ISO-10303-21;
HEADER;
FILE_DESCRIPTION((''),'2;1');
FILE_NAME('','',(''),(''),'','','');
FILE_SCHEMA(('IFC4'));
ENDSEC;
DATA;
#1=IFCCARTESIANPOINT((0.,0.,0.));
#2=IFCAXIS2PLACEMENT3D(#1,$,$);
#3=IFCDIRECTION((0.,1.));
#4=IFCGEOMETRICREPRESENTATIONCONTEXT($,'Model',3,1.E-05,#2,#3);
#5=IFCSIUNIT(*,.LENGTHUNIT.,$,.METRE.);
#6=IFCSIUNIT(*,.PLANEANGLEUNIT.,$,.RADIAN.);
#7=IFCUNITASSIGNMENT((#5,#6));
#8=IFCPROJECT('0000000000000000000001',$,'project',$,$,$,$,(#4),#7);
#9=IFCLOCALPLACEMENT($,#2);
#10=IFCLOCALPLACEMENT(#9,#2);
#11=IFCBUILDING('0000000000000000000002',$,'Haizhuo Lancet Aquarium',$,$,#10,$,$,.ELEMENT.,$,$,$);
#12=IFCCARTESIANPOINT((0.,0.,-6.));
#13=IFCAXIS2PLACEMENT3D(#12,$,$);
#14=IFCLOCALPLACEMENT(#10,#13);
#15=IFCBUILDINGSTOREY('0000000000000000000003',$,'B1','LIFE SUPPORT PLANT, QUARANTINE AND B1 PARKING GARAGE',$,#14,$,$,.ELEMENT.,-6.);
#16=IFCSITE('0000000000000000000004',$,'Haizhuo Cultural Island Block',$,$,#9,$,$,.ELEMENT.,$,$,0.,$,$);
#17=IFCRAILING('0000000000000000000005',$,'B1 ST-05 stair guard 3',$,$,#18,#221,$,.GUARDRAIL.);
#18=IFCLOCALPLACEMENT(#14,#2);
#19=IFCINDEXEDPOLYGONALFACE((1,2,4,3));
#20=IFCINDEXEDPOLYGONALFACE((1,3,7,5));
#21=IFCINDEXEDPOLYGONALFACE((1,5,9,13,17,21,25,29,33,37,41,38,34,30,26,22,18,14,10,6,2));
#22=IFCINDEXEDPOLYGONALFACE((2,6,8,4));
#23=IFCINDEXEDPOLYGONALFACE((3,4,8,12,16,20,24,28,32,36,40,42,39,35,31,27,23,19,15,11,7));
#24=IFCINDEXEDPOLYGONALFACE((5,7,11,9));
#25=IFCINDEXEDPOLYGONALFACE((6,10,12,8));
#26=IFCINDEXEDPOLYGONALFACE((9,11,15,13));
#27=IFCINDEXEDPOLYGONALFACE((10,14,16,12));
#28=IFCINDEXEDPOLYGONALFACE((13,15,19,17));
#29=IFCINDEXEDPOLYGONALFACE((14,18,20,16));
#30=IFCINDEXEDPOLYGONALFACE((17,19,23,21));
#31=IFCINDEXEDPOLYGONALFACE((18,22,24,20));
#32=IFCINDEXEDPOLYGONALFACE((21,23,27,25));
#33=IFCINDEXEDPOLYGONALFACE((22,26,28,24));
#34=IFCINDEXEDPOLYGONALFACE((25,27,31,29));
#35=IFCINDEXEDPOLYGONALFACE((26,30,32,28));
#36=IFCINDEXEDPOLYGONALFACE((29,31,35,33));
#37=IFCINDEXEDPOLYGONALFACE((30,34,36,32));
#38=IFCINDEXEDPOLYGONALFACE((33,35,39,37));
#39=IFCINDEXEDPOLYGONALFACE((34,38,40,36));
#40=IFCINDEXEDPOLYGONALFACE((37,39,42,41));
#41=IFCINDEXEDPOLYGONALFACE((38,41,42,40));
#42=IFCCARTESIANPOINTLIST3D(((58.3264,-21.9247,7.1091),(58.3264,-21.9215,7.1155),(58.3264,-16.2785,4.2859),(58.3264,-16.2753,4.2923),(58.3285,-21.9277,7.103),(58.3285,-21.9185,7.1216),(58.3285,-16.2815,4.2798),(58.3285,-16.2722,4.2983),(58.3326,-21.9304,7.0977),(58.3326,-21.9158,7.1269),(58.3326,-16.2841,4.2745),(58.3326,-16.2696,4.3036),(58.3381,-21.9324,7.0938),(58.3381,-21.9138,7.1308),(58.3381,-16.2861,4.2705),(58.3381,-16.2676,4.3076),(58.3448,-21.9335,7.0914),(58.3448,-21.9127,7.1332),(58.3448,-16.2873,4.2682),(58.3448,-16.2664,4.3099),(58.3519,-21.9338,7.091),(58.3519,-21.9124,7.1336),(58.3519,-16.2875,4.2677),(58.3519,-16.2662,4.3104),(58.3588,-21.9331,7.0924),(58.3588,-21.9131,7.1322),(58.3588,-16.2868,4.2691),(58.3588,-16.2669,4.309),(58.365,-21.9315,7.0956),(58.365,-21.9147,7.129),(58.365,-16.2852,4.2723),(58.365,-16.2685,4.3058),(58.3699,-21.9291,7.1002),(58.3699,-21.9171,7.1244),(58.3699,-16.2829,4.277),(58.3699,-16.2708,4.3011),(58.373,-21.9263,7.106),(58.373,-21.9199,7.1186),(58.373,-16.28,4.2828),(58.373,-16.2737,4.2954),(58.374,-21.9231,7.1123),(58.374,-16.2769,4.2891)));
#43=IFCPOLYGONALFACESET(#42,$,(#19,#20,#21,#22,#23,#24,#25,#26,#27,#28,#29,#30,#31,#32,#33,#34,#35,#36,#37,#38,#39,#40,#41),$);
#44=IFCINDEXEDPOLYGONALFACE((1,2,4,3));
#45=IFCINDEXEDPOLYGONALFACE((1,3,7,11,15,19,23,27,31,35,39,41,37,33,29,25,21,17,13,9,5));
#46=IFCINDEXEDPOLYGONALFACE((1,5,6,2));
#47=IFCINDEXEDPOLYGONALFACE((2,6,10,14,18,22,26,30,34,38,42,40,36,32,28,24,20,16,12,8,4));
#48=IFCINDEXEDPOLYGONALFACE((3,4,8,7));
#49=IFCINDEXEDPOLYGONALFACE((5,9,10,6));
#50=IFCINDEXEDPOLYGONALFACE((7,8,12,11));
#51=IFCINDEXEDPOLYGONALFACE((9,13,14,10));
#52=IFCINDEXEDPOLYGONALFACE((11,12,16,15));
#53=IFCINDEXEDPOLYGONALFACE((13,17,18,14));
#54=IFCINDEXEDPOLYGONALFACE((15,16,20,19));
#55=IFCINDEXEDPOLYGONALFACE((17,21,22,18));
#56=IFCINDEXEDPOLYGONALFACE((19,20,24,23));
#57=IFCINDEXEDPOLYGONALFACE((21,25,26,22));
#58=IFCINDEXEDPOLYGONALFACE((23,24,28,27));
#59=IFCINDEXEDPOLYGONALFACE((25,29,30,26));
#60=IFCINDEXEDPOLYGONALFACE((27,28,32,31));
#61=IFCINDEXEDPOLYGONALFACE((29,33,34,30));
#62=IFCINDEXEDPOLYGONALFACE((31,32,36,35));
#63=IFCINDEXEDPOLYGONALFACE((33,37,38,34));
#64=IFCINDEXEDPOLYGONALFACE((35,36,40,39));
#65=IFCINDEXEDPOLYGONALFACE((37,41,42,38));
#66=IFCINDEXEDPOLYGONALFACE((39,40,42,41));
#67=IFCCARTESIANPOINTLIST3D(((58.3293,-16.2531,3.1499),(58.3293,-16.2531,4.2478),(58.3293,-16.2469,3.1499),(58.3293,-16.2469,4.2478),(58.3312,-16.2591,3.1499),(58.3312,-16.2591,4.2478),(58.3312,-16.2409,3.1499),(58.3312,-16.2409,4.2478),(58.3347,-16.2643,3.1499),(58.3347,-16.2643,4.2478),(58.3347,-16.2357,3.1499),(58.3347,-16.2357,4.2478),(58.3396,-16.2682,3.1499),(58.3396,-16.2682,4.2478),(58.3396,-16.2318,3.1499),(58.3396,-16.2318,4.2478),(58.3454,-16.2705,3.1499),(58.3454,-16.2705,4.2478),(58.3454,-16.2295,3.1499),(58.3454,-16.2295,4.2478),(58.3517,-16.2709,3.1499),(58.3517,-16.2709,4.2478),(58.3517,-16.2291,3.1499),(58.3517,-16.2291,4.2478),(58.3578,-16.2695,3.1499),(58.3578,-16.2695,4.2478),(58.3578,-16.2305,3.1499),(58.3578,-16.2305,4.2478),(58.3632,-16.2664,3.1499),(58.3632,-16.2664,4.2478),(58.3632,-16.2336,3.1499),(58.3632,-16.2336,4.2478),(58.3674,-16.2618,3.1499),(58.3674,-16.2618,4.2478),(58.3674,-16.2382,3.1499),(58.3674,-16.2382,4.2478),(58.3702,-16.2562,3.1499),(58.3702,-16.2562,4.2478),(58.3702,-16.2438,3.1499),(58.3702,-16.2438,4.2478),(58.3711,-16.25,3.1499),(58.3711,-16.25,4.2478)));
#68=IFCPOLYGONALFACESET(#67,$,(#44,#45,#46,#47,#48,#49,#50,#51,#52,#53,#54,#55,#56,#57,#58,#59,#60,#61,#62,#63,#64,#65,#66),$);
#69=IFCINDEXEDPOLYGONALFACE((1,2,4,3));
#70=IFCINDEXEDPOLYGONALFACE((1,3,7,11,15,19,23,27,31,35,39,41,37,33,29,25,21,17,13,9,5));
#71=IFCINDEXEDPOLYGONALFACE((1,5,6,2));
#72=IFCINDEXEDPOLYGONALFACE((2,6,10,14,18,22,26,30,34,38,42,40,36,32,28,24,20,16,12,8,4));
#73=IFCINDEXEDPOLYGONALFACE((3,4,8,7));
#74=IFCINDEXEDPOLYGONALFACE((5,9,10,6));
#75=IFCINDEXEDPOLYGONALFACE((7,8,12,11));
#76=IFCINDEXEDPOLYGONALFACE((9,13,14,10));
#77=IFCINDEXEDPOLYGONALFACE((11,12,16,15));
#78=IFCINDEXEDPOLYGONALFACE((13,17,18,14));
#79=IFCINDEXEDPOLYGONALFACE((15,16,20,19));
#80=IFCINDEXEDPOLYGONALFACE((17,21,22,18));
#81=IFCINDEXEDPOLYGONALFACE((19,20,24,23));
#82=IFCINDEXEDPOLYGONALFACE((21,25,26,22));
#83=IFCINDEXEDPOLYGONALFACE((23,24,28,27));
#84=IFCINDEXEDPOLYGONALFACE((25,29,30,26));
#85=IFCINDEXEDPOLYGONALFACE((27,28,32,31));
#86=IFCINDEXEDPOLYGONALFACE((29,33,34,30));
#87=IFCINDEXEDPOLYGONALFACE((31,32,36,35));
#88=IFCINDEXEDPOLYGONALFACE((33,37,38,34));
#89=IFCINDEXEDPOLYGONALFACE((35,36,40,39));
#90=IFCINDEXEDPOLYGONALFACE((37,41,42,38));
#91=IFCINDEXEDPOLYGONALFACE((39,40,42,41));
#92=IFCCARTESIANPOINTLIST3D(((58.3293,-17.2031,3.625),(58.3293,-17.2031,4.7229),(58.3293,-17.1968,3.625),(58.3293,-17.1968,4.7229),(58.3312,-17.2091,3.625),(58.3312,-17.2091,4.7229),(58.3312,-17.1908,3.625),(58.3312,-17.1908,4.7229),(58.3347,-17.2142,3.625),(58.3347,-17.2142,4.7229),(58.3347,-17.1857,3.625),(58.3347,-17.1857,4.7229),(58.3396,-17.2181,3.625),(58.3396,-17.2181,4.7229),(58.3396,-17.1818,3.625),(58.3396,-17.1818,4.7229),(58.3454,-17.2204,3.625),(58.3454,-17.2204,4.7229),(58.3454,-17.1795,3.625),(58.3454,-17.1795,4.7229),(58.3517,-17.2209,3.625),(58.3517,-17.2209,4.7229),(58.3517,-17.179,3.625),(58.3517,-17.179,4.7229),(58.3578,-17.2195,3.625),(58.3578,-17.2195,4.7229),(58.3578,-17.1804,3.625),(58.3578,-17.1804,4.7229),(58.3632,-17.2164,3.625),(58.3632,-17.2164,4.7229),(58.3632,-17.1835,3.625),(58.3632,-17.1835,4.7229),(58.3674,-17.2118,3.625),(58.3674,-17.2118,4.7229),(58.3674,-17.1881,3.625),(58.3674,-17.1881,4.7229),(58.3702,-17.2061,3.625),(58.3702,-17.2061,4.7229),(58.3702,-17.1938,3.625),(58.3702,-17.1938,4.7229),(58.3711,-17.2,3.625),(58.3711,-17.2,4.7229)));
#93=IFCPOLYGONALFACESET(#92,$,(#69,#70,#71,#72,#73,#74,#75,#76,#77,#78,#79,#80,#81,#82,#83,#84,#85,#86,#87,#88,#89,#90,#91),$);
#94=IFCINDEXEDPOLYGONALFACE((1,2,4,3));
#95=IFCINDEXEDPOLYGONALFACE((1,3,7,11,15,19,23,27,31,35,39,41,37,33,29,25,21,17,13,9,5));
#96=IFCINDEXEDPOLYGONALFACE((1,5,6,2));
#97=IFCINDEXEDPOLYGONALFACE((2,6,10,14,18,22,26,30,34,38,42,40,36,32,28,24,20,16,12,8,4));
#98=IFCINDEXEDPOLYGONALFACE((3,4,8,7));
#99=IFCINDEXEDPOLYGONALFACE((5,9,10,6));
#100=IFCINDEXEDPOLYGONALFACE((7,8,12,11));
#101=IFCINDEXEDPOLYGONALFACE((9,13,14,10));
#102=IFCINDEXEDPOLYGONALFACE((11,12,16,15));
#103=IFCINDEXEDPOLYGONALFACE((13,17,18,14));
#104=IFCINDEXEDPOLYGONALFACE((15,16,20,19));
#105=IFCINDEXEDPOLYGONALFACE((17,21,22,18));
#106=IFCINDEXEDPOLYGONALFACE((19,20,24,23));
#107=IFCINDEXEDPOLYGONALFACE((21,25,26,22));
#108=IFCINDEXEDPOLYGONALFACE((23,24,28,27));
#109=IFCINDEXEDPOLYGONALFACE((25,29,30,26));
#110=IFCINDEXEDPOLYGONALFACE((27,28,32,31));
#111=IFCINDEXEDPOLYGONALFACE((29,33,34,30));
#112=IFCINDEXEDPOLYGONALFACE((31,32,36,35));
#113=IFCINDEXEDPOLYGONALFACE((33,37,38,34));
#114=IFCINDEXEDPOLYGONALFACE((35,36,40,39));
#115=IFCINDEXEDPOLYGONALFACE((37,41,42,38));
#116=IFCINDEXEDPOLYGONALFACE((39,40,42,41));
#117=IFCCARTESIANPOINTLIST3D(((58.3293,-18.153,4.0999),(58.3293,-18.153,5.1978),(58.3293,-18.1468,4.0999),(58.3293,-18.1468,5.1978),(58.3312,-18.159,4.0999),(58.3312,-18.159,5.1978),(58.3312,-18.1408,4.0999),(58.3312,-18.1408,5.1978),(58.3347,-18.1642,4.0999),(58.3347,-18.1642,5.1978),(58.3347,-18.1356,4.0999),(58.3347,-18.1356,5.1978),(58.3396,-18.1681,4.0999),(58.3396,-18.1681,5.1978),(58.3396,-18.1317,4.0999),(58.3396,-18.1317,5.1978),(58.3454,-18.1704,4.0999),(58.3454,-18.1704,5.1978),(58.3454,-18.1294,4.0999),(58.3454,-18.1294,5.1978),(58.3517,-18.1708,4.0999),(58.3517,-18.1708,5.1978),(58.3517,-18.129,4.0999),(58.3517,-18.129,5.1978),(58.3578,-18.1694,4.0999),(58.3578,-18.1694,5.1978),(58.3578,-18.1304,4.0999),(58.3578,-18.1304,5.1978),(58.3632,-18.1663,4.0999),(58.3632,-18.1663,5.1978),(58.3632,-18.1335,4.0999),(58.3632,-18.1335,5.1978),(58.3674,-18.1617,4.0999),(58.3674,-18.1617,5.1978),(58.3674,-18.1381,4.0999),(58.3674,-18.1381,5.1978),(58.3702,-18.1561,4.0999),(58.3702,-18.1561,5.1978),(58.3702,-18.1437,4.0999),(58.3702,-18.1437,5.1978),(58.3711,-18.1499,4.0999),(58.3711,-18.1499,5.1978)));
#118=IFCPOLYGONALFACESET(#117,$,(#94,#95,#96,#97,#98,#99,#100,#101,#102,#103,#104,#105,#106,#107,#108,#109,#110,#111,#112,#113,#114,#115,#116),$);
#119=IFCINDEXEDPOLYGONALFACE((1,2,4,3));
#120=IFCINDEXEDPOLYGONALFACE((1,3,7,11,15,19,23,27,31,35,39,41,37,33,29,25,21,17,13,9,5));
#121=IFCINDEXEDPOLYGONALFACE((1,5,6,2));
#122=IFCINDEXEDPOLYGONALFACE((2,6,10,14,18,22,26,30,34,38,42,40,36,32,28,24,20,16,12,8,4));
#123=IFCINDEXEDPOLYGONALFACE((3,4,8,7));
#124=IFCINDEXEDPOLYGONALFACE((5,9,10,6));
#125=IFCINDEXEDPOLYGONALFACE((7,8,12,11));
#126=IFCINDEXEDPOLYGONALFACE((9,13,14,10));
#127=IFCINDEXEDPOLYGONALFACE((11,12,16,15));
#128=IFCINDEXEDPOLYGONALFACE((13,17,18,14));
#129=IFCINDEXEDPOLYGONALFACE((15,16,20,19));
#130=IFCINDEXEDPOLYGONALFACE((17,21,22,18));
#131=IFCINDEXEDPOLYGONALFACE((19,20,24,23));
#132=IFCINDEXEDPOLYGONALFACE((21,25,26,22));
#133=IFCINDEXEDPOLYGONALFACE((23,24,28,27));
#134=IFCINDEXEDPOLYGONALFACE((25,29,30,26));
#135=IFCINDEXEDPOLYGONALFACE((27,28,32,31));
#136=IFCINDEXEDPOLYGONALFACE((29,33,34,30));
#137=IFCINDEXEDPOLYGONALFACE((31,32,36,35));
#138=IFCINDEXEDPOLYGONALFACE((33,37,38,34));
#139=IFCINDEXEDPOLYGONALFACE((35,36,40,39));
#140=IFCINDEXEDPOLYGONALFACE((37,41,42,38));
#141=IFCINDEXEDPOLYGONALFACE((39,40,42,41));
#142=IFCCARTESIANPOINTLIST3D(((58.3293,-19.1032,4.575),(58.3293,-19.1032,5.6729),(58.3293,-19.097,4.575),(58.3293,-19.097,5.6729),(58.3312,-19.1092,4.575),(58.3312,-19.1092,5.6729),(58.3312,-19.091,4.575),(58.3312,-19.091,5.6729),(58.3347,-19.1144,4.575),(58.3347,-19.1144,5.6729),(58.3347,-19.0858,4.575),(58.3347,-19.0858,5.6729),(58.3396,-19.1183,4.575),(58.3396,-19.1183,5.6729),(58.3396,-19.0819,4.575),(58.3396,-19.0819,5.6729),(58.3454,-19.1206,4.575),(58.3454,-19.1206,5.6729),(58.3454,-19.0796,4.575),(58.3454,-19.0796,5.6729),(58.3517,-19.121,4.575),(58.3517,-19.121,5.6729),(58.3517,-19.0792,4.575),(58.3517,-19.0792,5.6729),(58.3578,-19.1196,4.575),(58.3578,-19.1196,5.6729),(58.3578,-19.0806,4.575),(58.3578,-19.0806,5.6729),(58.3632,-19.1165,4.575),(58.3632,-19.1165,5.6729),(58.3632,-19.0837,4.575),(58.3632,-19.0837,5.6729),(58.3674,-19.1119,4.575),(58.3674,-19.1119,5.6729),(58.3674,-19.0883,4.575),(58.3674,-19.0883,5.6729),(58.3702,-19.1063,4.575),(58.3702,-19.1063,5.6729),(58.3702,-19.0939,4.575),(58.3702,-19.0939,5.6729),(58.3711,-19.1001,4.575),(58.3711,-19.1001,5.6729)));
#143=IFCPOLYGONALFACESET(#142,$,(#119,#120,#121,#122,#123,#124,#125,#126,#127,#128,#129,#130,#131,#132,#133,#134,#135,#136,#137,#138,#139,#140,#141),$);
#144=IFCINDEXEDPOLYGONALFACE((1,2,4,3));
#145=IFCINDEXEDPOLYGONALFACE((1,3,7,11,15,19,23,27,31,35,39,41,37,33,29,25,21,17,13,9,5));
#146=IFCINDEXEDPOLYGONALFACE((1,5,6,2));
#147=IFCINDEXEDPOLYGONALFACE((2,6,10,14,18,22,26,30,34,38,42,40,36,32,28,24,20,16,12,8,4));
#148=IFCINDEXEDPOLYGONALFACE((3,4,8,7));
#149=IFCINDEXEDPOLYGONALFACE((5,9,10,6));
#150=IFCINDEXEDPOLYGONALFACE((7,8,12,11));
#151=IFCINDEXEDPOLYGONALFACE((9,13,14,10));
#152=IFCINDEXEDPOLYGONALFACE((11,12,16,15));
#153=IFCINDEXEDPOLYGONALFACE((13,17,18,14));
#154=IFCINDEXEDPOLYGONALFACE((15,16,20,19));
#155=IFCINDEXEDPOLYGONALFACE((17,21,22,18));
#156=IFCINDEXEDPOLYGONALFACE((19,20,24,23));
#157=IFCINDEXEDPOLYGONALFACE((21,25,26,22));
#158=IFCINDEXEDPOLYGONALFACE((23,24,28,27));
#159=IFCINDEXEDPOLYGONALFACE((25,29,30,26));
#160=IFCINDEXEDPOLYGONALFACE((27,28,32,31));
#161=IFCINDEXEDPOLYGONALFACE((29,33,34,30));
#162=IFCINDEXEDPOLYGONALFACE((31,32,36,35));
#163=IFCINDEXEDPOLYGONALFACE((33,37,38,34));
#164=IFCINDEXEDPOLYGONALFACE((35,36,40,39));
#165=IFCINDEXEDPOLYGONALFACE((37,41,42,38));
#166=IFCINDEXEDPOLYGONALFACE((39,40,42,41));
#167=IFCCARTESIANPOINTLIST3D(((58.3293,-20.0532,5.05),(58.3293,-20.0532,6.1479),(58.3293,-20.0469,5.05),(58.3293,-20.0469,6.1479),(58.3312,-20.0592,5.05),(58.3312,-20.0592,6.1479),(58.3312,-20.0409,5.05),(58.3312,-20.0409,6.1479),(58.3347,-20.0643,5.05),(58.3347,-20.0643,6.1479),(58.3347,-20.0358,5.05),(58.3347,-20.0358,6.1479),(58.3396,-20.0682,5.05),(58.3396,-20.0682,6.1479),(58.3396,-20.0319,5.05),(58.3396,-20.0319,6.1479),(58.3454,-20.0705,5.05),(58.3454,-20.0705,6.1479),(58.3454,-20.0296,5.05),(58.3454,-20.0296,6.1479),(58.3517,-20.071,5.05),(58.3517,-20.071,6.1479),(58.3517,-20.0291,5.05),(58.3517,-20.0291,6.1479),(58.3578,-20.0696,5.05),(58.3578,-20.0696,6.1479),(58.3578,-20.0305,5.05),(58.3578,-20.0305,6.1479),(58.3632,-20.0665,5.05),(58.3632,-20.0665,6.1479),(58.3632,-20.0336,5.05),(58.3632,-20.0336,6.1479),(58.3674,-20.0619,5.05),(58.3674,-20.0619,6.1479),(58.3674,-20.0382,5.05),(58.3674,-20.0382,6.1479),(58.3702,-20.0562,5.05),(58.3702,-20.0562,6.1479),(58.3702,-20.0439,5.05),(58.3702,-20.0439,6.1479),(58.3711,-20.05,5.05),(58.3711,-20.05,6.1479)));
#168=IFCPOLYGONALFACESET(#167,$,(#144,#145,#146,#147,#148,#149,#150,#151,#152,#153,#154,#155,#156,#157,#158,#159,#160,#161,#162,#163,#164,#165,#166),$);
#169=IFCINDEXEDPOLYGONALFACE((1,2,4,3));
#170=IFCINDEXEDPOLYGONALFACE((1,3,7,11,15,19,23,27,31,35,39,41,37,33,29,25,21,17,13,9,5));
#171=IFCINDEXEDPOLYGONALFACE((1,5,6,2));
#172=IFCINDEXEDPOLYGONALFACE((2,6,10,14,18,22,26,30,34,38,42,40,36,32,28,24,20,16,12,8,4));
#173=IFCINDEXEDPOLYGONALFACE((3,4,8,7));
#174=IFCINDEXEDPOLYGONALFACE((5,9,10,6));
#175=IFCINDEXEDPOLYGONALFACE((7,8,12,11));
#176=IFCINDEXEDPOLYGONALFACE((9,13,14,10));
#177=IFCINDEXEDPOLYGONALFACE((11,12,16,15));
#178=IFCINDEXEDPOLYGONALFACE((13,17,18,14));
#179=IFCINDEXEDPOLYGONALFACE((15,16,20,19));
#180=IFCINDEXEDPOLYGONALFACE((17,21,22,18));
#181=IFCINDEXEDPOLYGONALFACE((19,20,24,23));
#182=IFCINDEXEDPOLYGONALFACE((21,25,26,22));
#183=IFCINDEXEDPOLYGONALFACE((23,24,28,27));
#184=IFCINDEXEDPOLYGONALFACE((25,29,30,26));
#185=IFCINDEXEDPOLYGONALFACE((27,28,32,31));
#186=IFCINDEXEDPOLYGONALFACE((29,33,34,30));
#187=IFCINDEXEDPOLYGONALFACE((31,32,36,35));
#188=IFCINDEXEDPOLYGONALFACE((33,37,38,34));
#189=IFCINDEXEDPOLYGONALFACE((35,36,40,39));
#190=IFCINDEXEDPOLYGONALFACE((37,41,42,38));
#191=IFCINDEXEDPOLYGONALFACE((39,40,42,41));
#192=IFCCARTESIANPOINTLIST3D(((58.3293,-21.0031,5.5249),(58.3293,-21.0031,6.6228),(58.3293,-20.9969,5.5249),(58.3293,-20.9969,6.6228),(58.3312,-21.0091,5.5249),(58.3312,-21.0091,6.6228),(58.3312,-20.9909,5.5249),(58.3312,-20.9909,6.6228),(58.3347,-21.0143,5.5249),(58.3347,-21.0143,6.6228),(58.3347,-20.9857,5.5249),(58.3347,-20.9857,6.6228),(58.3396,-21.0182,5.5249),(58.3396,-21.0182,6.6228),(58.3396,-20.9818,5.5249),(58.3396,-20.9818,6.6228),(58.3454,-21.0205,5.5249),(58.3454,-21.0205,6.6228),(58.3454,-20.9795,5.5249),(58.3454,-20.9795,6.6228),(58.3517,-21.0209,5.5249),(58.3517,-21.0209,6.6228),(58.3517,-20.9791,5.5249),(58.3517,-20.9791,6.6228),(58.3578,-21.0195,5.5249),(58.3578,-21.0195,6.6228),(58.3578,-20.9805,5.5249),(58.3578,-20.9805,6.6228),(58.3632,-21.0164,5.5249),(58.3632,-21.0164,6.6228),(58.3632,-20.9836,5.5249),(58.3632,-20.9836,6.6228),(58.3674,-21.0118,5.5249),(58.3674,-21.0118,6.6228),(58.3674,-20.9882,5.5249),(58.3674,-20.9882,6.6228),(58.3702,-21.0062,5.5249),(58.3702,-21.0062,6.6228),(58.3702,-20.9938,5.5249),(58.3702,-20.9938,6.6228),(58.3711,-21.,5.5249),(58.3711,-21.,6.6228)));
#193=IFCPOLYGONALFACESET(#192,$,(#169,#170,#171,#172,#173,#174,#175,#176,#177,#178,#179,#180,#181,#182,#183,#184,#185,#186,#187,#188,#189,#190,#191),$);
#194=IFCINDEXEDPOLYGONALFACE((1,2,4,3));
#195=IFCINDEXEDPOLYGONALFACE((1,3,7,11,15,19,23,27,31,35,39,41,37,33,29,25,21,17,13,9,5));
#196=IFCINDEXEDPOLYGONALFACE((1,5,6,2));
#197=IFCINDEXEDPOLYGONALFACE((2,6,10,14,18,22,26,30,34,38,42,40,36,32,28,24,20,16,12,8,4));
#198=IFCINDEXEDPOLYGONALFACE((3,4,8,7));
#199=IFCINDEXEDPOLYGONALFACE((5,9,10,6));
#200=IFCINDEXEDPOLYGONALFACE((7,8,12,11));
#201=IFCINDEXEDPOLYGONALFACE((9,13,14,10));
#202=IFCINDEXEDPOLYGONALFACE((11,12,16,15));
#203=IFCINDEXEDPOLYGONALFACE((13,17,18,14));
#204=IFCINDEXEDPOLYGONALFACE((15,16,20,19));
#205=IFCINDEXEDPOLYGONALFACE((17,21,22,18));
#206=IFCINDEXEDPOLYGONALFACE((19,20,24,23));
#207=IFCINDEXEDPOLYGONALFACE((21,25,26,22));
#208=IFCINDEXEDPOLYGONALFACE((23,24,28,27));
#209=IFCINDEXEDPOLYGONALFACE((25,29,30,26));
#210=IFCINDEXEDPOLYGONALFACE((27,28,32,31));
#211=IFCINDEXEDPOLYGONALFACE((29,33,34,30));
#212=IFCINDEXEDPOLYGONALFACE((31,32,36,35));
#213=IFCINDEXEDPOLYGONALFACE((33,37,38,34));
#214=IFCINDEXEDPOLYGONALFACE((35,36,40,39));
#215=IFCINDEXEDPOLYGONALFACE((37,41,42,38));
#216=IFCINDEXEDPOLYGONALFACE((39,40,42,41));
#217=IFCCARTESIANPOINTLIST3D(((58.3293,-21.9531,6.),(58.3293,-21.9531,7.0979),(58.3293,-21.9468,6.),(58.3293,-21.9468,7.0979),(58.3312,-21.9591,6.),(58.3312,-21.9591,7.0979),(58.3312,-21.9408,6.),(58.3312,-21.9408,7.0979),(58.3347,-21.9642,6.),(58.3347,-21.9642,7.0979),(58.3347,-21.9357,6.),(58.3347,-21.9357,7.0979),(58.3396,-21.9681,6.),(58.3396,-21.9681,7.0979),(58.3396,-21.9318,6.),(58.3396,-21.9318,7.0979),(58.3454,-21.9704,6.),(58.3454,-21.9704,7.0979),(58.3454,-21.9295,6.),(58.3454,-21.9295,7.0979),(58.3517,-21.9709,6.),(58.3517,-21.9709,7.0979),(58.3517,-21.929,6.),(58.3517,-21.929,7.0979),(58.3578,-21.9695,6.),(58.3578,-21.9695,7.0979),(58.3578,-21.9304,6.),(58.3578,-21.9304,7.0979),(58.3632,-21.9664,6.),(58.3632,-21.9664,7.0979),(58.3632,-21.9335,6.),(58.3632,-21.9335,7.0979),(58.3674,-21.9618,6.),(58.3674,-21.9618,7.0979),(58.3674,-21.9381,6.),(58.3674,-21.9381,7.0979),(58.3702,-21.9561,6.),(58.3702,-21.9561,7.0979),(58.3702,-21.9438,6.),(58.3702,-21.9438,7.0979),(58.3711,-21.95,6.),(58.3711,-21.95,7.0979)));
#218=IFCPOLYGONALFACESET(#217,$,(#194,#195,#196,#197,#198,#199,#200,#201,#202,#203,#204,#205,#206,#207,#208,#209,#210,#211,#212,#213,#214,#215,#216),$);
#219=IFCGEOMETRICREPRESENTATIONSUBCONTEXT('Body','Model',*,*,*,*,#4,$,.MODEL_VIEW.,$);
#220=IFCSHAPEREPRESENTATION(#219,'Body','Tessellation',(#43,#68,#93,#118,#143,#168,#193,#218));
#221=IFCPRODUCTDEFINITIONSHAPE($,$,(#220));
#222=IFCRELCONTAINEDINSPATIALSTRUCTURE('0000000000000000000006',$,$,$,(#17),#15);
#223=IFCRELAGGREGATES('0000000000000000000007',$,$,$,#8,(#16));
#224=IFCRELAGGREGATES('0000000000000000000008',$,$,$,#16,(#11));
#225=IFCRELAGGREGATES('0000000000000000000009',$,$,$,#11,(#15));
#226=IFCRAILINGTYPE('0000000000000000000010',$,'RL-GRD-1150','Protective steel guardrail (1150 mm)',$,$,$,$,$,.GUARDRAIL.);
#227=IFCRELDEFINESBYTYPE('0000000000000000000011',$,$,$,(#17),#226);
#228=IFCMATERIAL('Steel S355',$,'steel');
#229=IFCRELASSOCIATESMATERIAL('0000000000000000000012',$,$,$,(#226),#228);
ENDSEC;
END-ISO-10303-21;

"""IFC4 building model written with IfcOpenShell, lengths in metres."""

from ifc_helpers import new_model, si_unit, direction, frame, origin, origin_2d, place, context, subcontext, project, spatial, circle, extrude, material, type_object, element, save


model = new_model("IFC4")

# Units and contexts
model_context = context("Model", 3, precision=1e-05, world=origin(), true_north=direction((0.0, 1.0)))
body_context = subcontext(model_context, "Body", "Model", "MODEL_VIEW")
ifc_project = project(units=[si_unit("LENGTHUNIT", "METRE"), si_unit("PLANEANGLEUNIT", "RADIAN")], contexts=[model_context])

# Site, building, storey
site_placement = place(None, origin())
site = spatial("IfcSite", under=ifc_project, at=site_placement, Name="Haizhuo Cultural Island Block", CompositionType="ELEMENT", RefElevation=0.0)
building_placement = place(site_placement, origin())
building = spatial("IfcBuilding", under=site, at=building_placement, Name="Haizhuo Lancet Aquarium", CompositionType="ELEMENT")
storey_placement = place(building_placement, frame((0.0, 0.0, -6.0)))
storey = spatial("IfcBuildingStorey", under=building, at=storey_placement, Name="B1", Description="LIFE SUPPORT PLANT, QUARANTINE AND B1 PARKING GARAGE", CompositionType="ELEMENT", Elevation=-6.0)

# Shared definitions
ifc_material_1 = material(Name="Steel S355", Category="steel")

# Railing
railing_type_1 = type_object("IfcRailingType", Name="RL-GRD-1150", Description="Protective steel guardrail (1150 mm)", PredefinedType="GUARDRAIL", material=ifc_material_1)
railing_1_placement = place(storey_placement, frame((58.3501, -16.25, 3.1499)))
element("IfcRailing", 1, at=railing_1_placement, inside=storey, type_object=railing_type_1, Name="B1 ST-05 stair guard 3", PredefinedType="GUARDRAIL", context=body_context, shape_type="SweptSolid", body=[
    extrude(circle(Radius=0.0239, at=origin_2d()), frame((0.0, -0.0269, 1.1392), z_axis=(0.0, -0.89442, 0.447229), x_axis=(1.0, 0.0, 0.0)), (0.0, 0.0, 1.0), 6.3127),
    extrude(circle(Radius=0.021, at=origin_2d()), origin(), (0.0, 0.0, 1.0), 1.0979),
    extrude(circle(Radius=0.021, at=origin_2d()), frame((0.0, -0.95, 0.4751)), (0.0, 0.0, 1.0), 1.0979),
    extrude(circle(Radius=0.021, at=origin_2d()), frame((0.0, -1.8999, 0.95)), (0.0, 0.0, 1.0), 1.0979),
    extrude(circle(Radius=0.021, at=origin_2d()), frame((0.0, -2.8501, 1.425)), (0.0, 0.0, 1.0), 1.0979),
    extrude(circle(Radius=0.021, at=origin_2d()), frame((0.0, -3.8, 1.9001)), (0.0, 0.0, 1.0), 1.0979),
    extrude(circle(Radius=0.021, at=origin_2d()), frame((0.0, -4.75, 2.375)), (0.0, 0.0, 1.0), 1.0979),
    extrude(circle(Radius=0.021, at=origin_2d()), frame((0.0, -5.7, 2.8501)), (0.0, 0.0, 1.0), 1.0979),
])

save(model, "model.ifc")
